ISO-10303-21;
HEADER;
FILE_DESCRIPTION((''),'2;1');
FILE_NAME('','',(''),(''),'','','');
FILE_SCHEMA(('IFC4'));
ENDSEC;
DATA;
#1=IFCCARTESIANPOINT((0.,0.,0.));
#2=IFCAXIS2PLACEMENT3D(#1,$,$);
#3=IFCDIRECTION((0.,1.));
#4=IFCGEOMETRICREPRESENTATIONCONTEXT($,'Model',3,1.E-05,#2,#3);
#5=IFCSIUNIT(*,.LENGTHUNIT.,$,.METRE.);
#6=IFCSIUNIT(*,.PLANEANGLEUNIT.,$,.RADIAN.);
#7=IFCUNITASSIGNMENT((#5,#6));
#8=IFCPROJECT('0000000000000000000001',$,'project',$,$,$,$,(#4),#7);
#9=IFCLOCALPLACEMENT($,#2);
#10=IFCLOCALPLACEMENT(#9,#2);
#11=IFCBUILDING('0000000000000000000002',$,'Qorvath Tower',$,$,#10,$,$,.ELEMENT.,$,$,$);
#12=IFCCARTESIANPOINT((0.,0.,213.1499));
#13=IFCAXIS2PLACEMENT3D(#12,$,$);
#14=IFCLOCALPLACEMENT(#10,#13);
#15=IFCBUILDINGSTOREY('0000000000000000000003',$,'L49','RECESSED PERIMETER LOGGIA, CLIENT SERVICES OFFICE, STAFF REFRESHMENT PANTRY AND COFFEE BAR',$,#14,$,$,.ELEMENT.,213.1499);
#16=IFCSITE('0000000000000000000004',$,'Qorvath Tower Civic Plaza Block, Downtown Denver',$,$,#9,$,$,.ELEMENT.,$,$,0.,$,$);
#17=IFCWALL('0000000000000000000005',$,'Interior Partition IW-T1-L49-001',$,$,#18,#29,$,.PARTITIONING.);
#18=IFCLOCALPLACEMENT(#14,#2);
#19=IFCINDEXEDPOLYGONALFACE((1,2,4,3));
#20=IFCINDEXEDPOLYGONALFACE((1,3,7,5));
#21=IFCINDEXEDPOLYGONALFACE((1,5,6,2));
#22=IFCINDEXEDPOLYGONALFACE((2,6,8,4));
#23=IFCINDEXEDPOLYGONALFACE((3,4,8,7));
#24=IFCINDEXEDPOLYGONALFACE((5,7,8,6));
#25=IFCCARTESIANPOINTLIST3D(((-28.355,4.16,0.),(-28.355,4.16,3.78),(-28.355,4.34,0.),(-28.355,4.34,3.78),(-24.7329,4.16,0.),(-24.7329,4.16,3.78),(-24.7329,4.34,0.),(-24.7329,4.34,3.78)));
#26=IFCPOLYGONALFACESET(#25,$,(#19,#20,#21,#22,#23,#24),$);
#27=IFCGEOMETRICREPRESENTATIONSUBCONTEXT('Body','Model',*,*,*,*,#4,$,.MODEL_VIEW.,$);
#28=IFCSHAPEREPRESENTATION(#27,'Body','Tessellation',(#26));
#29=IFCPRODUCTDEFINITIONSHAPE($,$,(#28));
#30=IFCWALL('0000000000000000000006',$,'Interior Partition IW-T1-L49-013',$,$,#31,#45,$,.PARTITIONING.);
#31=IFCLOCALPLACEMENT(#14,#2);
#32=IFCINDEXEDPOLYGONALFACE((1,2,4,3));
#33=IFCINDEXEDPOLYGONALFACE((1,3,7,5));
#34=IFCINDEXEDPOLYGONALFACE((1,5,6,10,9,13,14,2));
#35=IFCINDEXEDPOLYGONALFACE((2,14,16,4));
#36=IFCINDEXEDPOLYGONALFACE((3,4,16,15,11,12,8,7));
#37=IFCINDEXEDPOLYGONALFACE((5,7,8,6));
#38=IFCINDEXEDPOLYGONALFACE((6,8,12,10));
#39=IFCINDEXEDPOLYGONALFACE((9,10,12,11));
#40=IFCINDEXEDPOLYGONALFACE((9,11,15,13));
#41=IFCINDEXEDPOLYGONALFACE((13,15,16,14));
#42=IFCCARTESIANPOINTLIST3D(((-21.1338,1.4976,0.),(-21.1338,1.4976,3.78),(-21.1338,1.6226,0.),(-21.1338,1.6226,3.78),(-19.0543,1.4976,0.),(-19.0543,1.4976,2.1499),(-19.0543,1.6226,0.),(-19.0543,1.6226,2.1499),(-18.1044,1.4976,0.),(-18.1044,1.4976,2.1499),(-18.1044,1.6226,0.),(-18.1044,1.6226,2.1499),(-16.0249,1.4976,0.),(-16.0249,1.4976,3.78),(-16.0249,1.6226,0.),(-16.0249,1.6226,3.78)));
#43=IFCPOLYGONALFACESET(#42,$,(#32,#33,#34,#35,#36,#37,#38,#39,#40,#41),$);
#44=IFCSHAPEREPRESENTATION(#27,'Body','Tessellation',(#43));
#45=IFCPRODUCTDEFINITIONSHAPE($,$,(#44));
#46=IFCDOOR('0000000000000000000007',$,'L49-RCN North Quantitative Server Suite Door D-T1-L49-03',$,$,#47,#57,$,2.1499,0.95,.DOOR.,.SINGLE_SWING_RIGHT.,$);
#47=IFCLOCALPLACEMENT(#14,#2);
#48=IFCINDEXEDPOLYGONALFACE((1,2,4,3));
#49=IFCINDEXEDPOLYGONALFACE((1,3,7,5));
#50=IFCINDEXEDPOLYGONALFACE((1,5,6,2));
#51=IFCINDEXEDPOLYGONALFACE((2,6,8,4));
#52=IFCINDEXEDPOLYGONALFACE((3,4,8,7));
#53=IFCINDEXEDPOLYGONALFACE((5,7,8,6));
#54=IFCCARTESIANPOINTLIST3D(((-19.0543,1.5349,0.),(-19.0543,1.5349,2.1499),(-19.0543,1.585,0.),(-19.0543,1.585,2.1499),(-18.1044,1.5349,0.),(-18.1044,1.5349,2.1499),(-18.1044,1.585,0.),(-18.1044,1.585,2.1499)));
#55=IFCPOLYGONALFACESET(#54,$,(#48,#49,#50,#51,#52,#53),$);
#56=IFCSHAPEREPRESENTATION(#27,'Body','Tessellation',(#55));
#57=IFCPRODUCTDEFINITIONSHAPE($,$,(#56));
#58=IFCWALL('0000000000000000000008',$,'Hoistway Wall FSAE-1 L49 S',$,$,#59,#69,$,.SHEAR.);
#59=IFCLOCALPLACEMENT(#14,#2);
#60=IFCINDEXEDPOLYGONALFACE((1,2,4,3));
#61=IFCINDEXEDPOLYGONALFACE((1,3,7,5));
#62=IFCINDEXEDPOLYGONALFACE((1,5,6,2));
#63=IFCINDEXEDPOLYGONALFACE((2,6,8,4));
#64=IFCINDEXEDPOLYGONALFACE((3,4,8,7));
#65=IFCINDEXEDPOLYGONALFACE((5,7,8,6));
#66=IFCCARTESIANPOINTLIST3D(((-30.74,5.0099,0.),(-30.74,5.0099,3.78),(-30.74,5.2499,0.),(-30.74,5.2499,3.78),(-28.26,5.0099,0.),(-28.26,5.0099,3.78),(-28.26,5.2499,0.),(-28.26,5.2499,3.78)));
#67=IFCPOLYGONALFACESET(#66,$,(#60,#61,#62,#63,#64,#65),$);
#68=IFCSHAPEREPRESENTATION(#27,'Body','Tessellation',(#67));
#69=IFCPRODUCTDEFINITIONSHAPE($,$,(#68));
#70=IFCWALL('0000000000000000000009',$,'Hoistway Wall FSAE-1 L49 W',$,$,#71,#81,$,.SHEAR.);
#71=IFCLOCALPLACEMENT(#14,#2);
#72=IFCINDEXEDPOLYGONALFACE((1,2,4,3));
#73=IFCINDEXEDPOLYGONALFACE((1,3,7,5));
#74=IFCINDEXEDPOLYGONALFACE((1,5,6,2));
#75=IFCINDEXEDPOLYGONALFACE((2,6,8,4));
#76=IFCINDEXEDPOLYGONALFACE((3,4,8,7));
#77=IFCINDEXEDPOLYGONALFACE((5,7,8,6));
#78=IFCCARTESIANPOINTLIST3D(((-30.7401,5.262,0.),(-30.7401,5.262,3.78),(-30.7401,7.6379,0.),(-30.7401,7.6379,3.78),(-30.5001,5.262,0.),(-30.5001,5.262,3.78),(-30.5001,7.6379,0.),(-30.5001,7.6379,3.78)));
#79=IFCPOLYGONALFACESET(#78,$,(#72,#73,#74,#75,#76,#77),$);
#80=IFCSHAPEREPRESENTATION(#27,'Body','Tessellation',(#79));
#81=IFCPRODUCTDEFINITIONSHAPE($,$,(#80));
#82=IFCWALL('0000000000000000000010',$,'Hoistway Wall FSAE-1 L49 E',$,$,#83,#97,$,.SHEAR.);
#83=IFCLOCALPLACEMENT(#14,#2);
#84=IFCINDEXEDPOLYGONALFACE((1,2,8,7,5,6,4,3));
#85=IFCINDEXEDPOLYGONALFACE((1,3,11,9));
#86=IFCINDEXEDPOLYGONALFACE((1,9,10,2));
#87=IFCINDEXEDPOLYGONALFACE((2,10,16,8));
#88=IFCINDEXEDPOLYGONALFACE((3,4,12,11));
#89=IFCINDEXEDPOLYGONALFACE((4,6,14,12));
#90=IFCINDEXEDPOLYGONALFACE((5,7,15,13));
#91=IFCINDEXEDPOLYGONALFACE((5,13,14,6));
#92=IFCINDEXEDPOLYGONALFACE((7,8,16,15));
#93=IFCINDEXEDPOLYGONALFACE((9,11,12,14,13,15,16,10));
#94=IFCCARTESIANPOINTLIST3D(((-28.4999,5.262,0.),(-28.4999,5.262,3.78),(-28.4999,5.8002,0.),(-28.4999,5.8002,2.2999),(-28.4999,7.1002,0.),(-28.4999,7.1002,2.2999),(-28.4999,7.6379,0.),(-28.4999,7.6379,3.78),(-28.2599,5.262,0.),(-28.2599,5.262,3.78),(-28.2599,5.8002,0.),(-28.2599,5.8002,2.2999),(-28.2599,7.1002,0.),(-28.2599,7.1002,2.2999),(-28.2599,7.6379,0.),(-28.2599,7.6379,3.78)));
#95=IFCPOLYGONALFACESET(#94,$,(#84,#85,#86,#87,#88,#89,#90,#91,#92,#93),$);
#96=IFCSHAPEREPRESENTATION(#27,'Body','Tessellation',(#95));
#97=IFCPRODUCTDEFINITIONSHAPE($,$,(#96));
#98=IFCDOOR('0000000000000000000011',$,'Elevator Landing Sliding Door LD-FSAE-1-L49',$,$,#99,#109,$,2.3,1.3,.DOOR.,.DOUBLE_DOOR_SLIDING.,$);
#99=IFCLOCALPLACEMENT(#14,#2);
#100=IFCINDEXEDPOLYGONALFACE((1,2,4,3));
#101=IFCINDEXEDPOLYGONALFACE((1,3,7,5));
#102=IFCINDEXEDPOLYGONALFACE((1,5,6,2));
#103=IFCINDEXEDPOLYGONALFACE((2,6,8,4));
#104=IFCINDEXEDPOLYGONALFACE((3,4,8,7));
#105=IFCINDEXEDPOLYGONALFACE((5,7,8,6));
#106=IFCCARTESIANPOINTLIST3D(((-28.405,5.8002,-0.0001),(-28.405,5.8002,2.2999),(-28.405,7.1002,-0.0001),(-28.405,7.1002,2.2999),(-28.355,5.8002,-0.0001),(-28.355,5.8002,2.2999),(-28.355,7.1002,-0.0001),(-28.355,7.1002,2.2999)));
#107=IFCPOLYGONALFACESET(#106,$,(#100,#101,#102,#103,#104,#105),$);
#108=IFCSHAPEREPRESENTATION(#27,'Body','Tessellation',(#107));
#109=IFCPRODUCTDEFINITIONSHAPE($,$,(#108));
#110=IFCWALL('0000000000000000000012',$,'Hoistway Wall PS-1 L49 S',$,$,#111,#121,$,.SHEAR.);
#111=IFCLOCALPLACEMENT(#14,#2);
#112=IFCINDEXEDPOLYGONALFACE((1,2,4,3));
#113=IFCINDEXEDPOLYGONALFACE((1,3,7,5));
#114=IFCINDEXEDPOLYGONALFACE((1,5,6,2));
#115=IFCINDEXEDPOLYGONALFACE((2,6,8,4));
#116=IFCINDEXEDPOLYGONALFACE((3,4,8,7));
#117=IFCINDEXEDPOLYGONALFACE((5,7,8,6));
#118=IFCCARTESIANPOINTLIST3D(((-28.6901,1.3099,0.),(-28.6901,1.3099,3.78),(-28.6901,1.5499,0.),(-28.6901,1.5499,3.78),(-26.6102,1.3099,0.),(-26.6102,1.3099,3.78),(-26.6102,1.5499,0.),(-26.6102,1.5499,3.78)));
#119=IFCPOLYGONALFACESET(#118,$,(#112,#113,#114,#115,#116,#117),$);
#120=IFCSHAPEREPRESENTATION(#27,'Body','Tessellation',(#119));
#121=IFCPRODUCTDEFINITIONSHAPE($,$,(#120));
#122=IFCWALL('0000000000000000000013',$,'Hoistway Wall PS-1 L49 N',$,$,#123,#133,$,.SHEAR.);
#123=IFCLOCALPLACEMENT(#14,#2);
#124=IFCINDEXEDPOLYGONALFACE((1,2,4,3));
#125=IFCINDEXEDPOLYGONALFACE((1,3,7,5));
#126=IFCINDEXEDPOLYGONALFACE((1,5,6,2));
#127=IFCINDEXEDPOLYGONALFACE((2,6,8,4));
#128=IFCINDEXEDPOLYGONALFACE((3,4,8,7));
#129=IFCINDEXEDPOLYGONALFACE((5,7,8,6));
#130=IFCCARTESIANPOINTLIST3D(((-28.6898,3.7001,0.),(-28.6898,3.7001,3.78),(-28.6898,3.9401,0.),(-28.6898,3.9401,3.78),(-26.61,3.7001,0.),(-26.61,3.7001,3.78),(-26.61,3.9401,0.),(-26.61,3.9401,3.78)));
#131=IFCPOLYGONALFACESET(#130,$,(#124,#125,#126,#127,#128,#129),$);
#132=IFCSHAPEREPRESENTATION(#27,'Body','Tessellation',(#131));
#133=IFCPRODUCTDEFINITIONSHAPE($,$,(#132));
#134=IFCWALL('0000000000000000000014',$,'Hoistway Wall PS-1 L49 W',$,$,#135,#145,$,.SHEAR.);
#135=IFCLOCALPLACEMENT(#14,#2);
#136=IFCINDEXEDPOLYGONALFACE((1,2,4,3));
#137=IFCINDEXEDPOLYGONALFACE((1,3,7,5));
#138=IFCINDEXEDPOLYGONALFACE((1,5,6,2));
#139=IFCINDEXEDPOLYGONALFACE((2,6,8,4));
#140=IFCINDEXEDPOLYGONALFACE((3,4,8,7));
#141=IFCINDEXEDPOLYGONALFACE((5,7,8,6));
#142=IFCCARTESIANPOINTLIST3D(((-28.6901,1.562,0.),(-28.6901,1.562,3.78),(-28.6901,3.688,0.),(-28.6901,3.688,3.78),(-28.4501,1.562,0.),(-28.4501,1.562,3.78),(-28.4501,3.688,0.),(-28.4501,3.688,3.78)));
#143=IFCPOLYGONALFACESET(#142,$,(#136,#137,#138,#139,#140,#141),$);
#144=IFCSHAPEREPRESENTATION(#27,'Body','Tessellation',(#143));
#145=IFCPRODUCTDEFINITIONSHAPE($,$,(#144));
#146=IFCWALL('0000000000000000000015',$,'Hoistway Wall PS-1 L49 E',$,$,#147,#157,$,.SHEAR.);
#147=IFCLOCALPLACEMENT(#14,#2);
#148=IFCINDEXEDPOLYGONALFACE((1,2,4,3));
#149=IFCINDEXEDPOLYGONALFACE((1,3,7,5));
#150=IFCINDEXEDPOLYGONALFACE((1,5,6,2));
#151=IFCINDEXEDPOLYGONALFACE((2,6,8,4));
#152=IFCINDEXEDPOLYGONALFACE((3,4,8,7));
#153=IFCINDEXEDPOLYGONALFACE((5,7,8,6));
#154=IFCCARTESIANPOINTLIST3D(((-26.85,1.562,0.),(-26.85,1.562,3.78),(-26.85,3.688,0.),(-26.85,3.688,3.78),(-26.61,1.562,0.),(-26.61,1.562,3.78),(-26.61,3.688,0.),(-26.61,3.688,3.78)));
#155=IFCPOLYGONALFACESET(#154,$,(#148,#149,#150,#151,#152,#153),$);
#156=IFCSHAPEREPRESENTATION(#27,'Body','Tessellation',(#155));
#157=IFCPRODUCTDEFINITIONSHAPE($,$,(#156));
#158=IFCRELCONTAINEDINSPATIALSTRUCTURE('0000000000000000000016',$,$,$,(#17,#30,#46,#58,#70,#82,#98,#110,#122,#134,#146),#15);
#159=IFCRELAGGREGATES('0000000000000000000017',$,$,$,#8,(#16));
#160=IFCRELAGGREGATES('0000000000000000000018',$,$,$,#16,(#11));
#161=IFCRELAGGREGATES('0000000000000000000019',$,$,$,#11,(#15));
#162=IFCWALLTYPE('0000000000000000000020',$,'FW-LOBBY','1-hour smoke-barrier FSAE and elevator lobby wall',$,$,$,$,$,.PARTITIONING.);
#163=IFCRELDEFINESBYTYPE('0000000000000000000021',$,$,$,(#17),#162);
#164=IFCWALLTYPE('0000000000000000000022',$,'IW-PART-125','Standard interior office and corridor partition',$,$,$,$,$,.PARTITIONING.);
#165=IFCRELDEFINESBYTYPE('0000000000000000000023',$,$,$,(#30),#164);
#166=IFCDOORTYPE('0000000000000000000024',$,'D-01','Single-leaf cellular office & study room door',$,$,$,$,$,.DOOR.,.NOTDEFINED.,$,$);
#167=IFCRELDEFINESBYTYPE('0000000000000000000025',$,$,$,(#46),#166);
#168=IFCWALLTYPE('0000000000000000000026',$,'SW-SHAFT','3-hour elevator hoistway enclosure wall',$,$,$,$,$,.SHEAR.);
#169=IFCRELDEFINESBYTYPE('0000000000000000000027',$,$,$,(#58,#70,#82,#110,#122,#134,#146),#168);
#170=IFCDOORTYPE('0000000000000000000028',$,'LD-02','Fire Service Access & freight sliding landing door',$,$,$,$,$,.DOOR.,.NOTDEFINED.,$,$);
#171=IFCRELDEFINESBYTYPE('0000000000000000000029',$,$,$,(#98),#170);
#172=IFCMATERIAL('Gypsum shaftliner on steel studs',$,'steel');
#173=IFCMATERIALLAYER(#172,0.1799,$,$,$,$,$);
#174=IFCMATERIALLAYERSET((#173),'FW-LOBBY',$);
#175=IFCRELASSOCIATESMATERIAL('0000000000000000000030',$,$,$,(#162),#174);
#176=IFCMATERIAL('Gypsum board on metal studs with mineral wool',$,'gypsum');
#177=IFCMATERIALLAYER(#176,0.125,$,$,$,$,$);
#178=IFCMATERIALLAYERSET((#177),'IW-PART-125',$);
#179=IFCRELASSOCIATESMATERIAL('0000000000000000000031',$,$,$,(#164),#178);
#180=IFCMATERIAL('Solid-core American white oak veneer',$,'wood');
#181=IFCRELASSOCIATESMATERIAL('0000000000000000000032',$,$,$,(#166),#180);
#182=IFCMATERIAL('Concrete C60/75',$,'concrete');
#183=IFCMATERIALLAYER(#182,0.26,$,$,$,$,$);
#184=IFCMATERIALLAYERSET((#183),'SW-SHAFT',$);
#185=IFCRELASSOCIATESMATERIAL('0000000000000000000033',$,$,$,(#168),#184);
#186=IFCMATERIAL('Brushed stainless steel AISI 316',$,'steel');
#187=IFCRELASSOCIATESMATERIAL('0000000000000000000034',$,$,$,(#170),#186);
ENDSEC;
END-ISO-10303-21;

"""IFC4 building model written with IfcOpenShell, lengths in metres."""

from ifc_helpers import new_model, si_unit, direction, frame, frame_2d, origin, place, context, subcontext, project, spatial, rectangle, extrude, material, layer, layer_set, type_object, element, fill, save


model = new_model("IFC4")

# Units and contexts
model_context = context("Model", 3, precision=1e-05, world=origin(), true_north=direction((0.0, 1.0)))
body_context = subcontext(model_context, "Body", "Model", "MODEL_VIEW")
ifc_project = project(units=[si_unit("LENGTHUNIT", "METRE"), si_unit("PLANEANGLEUNIT", "RADIAN")], contexts=[model_context])

# Site, building, storey
site_placement = place(None, origin())
site = spatial("IfcSite", under=ifc_project, at=site_placement, Name="Qorvath Tower Civic Plaza Block, Downtown Denver", CompositionType="ELEMENT", RefElevation=0.0)
building_placement = place(site_placement, origin())
building = spatial("IfcBuilding", under=site, at=building_placement, Name="Qorvath Tower", CompositionType="ELEMENT")
storey_placement = place(building_placement, frame((0.0, 0.0, 213.1499)))
storey = spatial("IfcBuildingStorey", under=building, at=storey_placement, Name="L49", Description="RECESSED PERIMETER LOGGIA, CLIENT SERVICES OFFICE, STAFF REFRESHMENT PANTRY AND COFFEE BAR", CompositionType="ELEMENT", Elevation=213.1499)

# Wall
ifc_material_1 = material(Name="Gypsum shaftliner on steel studs", Category="steel")
ifc_layer_1 = layer(ifc_material_1, 0.1799)
ifc_layer_set_1 = layer_set([ifc_layer_1], Name="FW-LOBBY")
wall_type_1 = type_object("IfcWallType", Name="FW-LOBBY", Description="1-hour smoke-barrier FSAE and elevator lobby wall", PredefinedType="PARTITIONING", material=ifc_layer_set_1)
wall_1_placement = place(storey_placement, frame((-28.355, 4.25, 0.0), z_axis=(0.0, 0.0, 1.0), x_axis=(1.0, 0.0, 0.0)))
element("IfcWall", 1, at=wall_1_placement, inside=storey, type_object=wall_type_1, Name="Interior Partition IW-T1-L49-001", PredefinedType="PARTITIONING", context=body_context, shape_type="SweptSolid", body=[
    extrude(rectangle(XDim=3.6221, YDim=0.1799, at=frame_2d((1.811, 0.0))), origin(), (0.0, 0.0, 1.0), 3.78),
])

# Wall, opening, door
ifc_material_2 = material(Name="Gypsum board on metal studs with mineral wool", Category="gypsum")
ifc_layer_2 = layer(ifc_material_2, 0.125)
ifc_layer_set_2 = layer_set([ifc_layer_2], Name="IW-PART-125")
wall_type_2 = type_object("IfcWallType", Name="IW-PART-125", Description="Standard interior office and corridor partition", PredefinedType="PARTITIONING", material=ifc_layer_set_2)
wall_2_placement = place(storey_placement, frame((-21.1338, 1.5601, 0.0), z_axis=(0.0, 0.0, 1.0), x_axis=(1.0, 0.0, 0.0)))
wall_2 = element("IfcWall", 2, at=wall_2_placement, inside=storey, type_object=wall_type_2, Name="Interior Partition IW-T1-L49-013", PredefinedType="PARTITIONING", context=body_context, shape_type="SweptSolid", body=[
    extrude(rectangle(XDim=5.1089, YDim=0.125, at=frame_2d((2.5544, 0.0))), origin(), (0.0, 0.0, 1.0), 3.78),
])
opening_1_placement = place(wall_2_placement, frame((2.0793, 0.0, 0.0)))
opening_1 = element("IfcOpeningElement", 3, at=opening_1_placement, cuts=wall_2, PredefinedType="OPENING", context=body_context, shape_type="SweptSolid", body=[
    extrude(rectangle(XDim=0.95, YDim=2.1499, at=frame_2d((0.4751, 1.075))), frame((0.0, 0.0725, 0.0), z_axis=(0.0, -1.0, 0.0), x_axis=(1.0, 0.0, 0.0)), (0.0, 0.0, 1.0), 0.145),
])
ifc_material_3 = material(Name="Solid-core American white oak veneer", Category="wood")
door_type_1 = type_object("IfcDoorType", Name="D-01", Description="Single-leaf cellular office & study room door", OperationType="NOTDEFINED", PredefinedType="DOOR", material=ifc_material_3)
door_1_placement = place(opening_1_placement, origin())
door_1 = element("IfcDoor", 4, at=door_1_placement, inside=storey, type_object=door_type_1, Name="L49-RCN North Quantitative Server Suite Door D-T1-L49-03", OperationType="SINGLE_SWING_RIGHT", OverallHeight=2.1499, OverallWidth=0.95, PredefinedType="DOOR", context=body_context, shape_type="SweptSolid", body=[
    extrude(rectangle(XDim=0.95, YDim=2.1499, at=frame_2d((0.4751, 1.075))), frame((0.0, 0.0249, 0.0), z_axis=(0.0, -1.0, 0.0), x_axis=(1.0, 0.0, 0.0)), (0.0, 0.0, 1.0), 0.05),
])
fill(opening_1, door_1)

# Walls
ifc_material_4 = material(Name="Concrete C60/75", Category="concrete")
ifc_layer_3 = layer(ifc_material_4, 0.26)
ifc_layer_set_3 = layer_set([ifc_layer_3], Name="SW-SHAFT")
wall_type_3 = type_object("IfcWallType", Name="SW-SHAFT", Description="3-hour elevator hoistway enclosure wall", PredefinedType="SHEAR", material=ifc_layer_set_3)
wall_3_placement = place(storey_placement, frame((-28.26, 5.1299, 0.0), z_axis=(0.0, 0.0, 1.0), x_axis=(-1.0, 0.0, 0.0)))
element("IfcWall", 5, at=wall_3_placement, inside=storey, type_object=wall_type_3, Name="Hoistway Wall FSAE-1 L49 S", PredefinedType="SHEAR", context=body_context, shape_type="SweptSolid", body=[
    extrude(rectangle(XDim=2.48, YDim=0.24, at=frame_2d((1.24, 0.0))), origin(), (0.0, 0.0, 1.0), 3.78),
])
wall_4_placement = place(storey_placement, frame((-30.6201, 5.262, 0.0), z_axis=(0.0, 0.0, 1.0), x_axis=(0.0, 1.0, 0.0)))
element("IfcWall", 6, at=wall_4_placement, inside=storey, type_object=wall_type_3, Name="Hoistway Wall FSAE-1 L49 W", PredefinedType="SHEAR", context=body_context, shape_type="SweptSolid", body=[
    extrude(rectangle(XDim=2.376, YDim=0.24, at=frame_2d((1.188, 0.0))), origin(), (0.0, 0.0, 1.0), 3.78),
])

# Wall, opening, door
wall_5_placement = place(storey_placement, frame((-28.3799, 7.6379, 0.0), z_axis=(0.0, 0.0, 1.0), x_axis=(0.0, -1.0, 0.0)))
wall_5 = element("IfcWall", 7, at=wall_5_placement, inside=storey, type_object=wall_type_3, Name="Hoistway Wall FSAE-1 L49 E", PredefinedType="SHEAR", context=body_context, shape_type="SweptSolid", body=[
    extrude(rectangle(XDim=2.376, YDim=0.24, at=frame_2d((1.188, 0.0))), origin(), (0.0, 0.0, 1.0), 3.78),
])
opening_2_placement = place(wall_5_placement, frame((0.5378, 0.0, 0.0)))
opening_2 = element("IfcOpeningElement", 8, at=opening_2_placement, cuts=wall_5, PredefinedType="OPENING", context=body_context, shape_type="SweptSolid", body=[
    extrude(rectangle(XDim=1.3, YDim=2.3, at=frame_2d((0.6499, 1.1499))), frame((0.0, 0.1299, 0.0), z_axis=(0.0, -1.0, 0.0), x_axis=(1.0, 0.0, 0.0)), (0.0, 0.0, 1.0), 0.26),
])
ifc_material_5 = material(Name="Brushed stainless steel AISI 316", Category="steel")
door_type_2 = type_object("IfcDoorType", Name="LD-02", Description="Fire Service Access & freight sliding landing door", OperationType="NOTDEFINED", PredefinedType="DOOR", material=ifc_material_5)
door_2_placement = place(opening_2_placement, origin())
door_2 = element("IfcDoor", 9, at=door_2_placement, inside=storey, type_object=door_type_2, Name="Elevator Landing Sliding Door LD-FSAE-1-L49", OperationType="DOUBLE_DOOR_SLIDING", OverallHeight=2.3, OverallWidth=1.3, PredefinedType="DOOR", context=body_context, shape_type="SweptSolid", body=[
    extrude(rectangle(XDim=1.3, YDim=2.3, at=frame_2d((0.6499, 1.1499))), frame((0.0, 0.0249, 0.0), z_axis=(0.0, -1.0, 0.0), x_axis=(1.0, 0.0, 0.0)), (0.0, 0.0, 1.0), 0.05),
])
fill(opening_2, door_2)

# Walls
for number, where, z_axis, x_axis, name in (
    (10, (-26.6101, 1.4299, 0.0), (0.0, 0.0, 1.0), (-1.0, 0.0, 0.0), "Hoistway Wall PS-1 L49 S"),
    (11, (-28.6899, 3.8201, 0.0), (0.0, 0.0, 1.0), (1.0, 0.0, 0.0), "Hoistway Wall PS-1 L49 N"),
):
    element("IfcWall", number, at=place(storey_placement, frame(where, z_axis=z_axis, x_axis=x_axis)), inside=storey, type_object=wall_type_3, Name=name, PredefinedType="SHEAR", context=body_context, shape_type="SweptSolid", body=[
        extrude(rectangle(XDim=2.0798, YDim=0.24, at=frame_2d((1.04, 0.0))), origin(), (0.0, 0.0, 1.0), 3.78),
    ])
for number, where, z_axis, x_axis, name in (
    (12, (-28.5701, 1.562, 0.0), (0.0, 0.0, 1.0), (0.0, 1.0, 0.0), "Hoistway Wall PS-1 L49 W"),
    (13, (-26.73, 3.688, 0.0), (0.0, 0.0, 1.0), (0.0, -1.0, 0.0), "Hoistway Wall PS-1 L49 E"),
):
    element("IfcWall", number, at=place(storey_placement, frame(where, z_axis=z_axis, x_axis=x_axis)), inside=storey, type_object=wall_type_3, Name=name, PredefinedType="SHEAR", context=body_context, shape_type="SweptSolid", body=[
        extrude(rectangle(XDim=2.126, YDim=0.24, at=frame_2d((1.063, 0.0))), origin(), (0.0, 0.0, 1.0), 3.78),
    ])

save(model, "model.ifc")
